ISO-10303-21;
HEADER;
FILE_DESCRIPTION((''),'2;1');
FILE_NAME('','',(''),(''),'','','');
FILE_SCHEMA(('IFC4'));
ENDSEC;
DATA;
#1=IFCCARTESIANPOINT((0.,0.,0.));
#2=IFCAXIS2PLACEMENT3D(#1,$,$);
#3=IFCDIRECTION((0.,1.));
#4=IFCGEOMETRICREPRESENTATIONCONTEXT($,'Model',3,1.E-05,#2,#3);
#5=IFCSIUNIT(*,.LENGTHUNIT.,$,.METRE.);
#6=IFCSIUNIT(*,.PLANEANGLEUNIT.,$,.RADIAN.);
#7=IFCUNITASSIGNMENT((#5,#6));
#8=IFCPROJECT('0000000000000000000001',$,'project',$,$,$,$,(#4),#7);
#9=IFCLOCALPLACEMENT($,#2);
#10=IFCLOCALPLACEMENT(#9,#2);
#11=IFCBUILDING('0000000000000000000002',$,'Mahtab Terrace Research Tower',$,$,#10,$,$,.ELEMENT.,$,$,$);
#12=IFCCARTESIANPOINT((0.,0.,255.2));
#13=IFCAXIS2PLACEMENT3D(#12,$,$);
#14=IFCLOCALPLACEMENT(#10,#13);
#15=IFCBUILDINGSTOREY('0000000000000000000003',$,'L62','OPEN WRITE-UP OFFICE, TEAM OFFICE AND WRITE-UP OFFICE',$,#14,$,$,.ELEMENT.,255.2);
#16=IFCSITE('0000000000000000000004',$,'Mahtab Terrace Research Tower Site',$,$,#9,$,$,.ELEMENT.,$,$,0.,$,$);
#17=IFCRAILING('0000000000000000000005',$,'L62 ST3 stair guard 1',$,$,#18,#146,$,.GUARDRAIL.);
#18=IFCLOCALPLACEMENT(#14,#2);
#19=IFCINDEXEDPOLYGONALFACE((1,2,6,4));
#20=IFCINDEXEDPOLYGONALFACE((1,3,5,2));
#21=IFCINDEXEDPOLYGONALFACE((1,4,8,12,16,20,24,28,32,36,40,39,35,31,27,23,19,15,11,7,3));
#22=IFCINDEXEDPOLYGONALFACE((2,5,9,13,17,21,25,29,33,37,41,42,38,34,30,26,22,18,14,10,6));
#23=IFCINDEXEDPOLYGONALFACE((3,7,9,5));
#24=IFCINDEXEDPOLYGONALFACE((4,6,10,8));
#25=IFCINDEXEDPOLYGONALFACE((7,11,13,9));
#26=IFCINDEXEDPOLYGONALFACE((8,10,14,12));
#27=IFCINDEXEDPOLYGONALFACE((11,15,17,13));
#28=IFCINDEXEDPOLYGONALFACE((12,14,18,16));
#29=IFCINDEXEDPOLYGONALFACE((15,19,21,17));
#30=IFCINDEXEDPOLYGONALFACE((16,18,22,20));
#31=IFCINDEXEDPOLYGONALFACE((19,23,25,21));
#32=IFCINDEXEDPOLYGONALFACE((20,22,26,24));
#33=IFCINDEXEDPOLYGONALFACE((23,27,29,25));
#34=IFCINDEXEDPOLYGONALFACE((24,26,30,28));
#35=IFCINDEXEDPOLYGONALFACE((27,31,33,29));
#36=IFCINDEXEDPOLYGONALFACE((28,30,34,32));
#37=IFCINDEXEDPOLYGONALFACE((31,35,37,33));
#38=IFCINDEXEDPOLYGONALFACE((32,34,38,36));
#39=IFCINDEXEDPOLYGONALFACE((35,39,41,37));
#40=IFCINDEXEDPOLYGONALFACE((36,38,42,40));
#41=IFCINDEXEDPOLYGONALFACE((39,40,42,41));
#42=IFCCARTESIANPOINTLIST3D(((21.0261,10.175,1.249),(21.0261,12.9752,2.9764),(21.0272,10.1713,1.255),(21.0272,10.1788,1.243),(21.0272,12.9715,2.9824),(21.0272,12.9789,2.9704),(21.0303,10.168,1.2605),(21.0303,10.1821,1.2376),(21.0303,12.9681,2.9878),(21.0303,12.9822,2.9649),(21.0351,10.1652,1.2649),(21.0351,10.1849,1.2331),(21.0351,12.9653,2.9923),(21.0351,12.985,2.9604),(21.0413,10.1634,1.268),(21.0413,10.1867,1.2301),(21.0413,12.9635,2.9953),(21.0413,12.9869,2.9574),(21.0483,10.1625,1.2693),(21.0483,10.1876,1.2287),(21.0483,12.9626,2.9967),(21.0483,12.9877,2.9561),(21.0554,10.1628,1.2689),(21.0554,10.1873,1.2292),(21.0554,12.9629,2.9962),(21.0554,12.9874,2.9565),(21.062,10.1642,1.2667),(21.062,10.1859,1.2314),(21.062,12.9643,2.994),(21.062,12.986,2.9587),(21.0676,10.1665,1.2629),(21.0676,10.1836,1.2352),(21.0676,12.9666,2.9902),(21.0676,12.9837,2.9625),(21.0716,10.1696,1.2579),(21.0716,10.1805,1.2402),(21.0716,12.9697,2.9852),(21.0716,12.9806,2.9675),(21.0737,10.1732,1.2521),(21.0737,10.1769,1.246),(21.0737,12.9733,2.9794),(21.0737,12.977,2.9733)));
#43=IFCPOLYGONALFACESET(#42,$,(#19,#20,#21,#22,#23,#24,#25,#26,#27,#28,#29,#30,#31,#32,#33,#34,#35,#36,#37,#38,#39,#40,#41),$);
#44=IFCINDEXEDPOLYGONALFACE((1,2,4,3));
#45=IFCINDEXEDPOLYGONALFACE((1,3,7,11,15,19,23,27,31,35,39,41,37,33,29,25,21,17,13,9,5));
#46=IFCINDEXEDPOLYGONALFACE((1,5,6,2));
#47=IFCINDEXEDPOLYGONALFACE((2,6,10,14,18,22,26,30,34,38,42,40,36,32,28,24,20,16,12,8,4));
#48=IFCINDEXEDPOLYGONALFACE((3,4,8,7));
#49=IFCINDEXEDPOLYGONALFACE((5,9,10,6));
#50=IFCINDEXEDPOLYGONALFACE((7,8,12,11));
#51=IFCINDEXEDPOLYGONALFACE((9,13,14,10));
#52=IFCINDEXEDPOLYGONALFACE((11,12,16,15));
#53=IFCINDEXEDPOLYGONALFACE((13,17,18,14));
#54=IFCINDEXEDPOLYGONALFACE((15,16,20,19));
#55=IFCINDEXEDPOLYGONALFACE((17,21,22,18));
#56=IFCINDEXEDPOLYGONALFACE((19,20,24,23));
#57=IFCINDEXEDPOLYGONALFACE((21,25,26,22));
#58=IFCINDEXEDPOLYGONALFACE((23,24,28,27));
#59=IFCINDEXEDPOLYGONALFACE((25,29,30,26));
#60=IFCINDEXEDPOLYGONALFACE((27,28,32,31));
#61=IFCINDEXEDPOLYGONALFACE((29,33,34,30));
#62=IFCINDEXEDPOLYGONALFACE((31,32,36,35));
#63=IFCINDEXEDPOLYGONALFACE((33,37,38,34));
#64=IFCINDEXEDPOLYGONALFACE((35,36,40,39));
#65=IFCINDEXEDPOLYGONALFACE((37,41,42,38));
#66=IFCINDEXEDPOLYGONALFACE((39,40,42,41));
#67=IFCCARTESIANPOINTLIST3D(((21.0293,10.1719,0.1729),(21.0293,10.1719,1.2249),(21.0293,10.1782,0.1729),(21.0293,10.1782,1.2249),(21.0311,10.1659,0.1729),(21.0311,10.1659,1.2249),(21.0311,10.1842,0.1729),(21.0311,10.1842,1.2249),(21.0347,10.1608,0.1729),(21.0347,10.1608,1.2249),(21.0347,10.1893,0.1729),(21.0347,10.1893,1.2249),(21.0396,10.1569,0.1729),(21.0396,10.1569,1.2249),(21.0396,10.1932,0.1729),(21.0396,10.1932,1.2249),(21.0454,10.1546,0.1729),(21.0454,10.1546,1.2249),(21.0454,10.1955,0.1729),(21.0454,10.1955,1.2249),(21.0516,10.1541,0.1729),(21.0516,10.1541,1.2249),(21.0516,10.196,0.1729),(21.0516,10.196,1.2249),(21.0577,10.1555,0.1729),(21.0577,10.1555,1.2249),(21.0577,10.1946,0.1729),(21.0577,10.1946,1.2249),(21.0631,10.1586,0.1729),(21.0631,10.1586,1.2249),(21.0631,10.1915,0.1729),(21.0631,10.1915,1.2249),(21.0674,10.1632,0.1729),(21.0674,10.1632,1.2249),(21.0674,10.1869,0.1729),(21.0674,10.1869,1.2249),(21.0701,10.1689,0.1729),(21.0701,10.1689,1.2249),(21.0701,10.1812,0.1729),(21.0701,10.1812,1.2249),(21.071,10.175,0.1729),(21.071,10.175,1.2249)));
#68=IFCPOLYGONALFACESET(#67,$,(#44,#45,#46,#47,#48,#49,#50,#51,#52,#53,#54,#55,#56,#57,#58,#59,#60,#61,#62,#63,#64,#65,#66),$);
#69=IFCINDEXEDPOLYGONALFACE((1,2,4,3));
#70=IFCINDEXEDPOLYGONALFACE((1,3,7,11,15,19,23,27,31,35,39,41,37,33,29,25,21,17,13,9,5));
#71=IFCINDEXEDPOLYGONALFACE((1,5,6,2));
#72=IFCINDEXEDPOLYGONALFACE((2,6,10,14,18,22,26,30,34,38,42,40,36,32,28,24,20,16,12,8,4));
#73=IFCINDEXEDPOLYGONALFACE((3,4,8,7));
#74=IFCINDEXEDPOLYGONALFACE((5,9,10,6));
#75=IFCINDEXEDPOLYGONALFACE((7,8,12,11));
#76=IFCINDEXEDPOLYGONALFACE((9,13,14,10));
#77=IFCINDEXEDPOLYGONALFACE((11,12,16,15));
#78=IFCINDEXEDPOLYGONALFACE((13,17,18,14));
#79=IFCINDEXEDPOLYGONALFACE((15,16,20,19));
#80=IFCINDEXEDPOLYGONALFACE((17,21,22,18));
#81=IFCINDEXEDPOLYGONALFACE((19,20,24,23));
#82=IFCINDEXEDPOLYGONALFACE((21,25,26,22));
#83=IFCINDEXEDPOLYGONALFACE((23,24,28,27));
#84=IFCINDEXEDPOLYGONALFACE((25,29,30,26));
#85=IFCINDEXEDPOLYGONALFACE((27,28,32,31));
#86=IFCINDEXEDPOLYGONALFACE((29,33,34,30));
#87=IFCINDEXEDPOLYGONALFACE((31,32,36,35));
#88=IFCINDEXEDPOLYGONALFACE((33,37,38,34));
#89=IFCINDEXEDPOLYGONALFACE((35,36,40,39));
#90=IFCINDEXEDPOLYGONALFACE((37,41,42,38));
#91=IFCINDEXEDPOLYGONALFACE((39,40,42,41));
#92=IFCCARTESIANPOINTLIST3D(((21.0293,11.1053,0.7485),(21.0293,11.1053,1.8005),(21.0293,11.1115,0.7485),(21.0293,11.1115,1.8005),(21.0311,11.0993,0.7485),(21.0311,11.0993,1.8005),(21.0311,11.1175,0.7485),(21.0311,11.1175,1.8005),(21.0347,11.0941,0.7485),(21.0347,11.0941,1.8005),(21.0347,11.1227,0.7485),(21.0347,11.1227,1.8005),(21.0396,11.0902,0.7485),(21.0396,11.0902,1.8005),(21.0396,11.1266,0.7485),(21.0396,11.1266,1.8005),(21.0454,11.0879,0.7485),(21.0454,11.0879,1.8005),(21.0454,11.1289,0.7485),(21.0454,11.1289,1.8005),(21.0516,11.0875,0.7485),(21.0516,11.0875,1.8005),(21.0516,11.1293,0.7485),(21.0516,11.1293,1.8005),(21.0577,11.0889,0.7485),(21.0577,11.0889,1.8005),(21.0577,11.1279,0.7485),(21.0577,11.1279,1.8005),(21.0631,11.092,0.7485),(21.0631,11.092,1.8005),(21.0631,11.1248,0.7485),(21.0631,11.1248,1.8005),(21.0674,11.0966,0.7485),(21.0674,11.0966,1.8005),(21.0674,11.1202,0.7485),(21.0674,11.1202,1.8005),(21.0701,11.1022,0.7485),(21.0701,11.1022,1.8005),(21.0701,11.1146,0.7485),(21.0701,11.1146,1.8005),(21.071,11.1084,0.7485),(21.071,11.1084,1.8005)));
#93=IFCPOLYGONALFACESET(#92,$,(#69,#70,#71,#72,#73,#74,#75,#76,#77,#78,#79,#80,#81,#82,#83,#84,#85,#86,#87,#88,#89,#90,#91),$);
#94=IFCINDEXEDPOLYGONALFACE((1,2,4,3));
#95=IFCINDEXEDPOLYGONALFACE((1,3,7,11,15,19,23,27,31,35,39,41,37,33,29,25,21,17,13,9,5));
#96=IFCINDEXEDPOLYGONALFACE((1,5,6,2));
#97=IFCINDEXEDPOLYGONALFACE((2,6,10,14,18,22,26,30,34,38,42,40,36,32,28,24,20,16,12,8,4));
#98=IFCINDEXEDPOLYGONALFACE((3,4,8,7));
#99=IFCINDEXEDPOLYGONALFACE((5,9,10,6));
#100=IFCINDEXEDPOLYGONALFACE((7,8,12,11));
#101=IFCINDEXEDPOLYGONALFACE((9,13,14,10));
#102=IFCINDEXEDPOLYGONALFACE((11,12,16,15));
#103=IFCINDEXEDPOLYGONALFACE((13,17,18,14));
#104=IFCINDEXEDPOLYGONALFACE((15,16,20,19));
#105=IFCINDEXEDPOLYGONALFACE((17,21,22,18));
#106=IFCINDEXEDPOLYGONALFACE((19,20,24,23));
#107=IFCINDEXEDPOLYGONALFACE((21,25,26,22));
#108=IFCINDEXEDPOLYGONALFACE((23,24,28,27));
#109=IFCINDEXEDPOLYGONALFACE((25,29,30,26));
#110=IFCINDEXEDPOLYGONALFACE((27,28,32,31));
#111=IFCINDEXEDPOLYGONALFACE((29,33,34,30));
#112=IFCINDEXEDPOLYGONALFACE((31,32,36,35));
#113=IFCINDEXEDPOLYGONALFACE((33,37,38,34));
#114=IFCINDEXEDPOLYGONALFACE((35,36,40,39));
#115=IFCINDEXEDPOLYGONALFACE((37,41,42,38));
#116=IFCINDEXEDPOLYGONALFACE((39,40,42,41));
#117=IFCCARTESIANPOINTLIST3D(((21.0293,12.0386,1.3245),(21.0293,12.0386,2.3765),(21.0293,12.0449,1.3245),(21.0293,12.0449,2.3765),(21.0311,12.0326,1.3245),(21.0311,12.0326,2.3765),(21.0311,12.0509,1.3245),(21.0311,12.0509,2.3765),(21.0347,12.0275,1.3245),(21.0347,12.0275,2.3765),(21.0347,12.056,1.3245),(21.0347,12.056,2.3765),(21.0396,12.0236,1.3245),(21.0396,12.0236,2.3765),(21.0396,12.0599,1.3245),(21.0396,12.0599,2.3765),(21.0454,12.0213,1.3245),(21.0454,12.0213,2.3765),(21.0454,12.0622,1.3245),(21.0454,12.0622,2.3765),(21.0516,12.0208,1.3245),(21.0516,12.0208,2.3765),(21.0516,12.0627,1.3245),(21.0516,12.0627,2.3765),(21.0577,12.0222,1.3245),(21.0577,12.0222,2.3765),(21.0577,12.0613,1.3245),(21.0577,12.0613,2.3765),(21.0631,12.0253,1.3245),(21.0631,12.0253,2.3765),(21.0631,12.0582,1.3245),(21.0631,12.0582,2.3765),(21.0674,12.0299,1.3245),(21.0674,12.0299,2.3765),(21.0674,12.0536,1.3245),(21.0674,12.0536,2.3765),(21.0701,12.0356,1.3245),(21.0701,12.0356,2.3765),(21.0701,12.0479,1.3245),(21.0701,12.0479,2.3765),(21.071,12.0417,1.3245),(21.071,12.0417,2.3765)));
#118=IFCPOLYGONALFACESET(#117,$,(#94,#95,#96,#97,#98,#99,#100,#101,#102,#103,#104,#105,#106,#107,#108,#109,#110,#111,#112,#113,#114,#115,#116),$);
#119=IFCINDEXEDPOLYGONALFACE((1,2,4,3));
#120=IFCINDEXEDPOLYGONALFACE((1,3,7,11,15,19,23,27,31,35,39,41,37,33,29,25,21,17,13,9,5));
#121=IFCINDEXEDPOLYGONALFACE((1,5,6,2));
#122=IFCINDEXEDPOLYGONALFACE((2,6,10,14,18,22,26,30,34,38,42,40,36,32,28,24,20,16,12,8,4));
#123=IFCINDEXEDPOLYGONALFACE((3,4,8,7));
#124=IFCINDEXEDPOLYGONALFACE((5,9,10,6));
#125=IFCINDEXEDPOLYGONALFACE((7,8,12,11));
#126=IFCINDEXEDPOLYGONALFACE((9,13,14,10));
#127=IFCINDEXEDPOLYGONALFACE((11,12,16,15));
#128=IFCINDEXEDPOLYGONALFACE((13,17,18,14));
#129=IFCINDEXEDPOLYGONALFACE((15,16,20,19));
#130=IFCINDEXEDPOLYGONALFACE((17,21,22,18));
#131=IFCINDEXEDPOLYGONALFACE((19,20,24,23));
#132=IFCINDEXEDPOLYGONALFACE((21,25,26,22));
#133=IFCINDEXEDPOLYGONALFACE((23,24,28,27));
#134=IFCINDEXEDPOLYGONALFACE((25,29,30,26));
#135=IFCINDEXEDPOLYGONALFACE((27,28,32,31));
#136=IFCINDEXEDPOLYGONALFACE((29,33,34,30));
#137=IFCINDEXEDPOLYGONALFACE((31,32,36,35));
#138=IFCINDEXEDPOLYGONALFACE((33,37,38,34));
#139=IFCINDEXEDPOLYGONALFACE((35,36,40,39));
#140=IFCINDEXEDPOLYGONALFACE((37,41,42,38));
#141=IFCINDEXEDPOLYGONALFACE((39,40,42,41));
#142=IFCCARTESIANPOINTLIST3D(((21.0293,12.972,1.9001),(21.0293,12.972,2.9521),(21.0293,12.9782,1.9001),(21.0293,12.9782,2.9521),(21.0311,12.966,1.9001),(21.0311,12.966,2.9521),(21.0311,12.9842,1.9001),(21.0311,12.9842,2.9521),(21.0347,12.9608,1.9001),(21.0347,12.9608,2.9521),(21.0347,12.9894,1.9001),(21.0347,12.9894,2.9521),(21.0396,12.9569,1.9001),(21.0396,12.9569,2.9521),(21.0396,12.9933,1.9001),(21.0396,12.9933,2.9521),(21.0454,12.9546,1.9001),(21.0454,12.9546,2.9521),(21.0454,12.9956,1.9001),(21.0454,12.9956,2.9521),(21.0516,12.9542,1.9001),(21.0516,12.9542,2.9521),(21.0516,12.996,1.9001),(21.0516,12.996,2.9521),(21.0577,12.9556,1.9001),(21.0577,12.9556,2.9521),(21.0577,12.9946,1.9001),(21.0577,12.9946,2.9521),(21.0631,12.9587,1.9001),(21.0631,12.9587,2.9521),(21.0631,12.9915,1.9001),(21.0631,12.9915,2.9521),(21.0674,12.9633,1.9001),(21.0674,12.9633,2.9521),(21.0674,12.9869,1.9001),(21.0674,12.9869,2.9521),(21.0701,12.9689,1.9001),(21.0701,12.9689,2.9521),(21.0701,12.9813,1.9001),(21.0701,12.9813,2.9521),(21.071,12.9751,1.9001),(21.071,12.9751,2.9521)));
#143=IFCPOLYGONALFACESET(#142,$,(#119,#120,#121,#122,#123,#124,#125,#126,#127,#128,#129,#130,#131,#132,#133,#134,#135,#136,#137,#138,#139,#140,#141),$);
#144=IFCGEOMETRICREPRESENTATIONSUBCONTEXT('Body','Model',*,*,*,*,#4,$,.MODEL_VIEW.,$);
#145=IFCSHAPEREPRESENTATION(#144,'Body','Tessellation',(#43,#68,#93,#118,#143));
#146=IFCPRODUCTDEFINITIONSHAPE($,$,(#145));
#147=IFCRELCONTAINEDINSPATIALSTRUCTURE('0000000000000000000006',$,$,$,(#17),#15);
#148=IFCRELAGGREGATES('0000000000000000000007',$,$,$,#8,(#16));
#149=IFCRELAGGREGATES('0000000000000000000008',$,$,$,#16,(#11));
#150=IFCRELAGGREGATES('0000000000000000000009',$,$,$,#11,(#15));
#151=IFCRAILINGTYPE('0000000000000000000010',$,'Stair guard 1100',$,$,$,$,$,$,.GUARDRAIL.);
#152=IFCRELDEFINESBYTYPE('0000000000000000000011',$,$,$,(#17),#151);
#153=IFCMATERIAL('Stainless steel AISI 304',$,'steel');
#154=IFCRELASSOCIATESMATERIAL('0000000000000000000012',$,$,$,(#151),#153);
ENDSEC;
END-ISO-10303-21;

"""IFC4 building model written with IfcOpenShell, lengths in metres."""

from ifc_helpers import new_model, si_unit, direction, frame, origin, origin_2d, place, context, subcontext, project, spatial, circle, extrude, material, type_object, element, save


model = new_model("IFC4")

# Units and contexts
model_context = context("Model", 3, precision=1e-05, world=origin(), true_north=direction((0.0, 1.0)))
body_context = subcontext(model_context, "Body", "Model", "MODEL_VIEW")
ifc_project = project(units=[si_unit("LENGTHUNIT", "METRE"), si_unit("PLANEANGLEUNIT", "RADIAN")], contexts=[model_context])

# Site, building, storey
site_placement = place(None, origin())
site = spatial("IfcSite", under=ifc_project, at=site_placement, Name="Mahtab Terrace Research Tower Site", CompositionType="ELEMENT", RefElevation=0.0)
building_placement = place(site_placement, origin())
building = spatial("IfcBuilding", under=site, at=building_placement, Name="Mahtab Terrace Research Tower", CompositionType="ELEMENT")
storey_placement = place(building_placement, frame((0.0, 0.0, 255.2)))
storey = spatial("IfcBuildingStorey", under=building, at=storey_placement, Name="L62", Description="OPEN WRITE-UP OFFICE, TEAM OFFICE AND WRITE-UP OFFICE", CompositionType="ELEMENT", Elevation=255.2)

# Railing
ifc_material_1 = material(Name="Stainless steel AISI 304", Category="steel")
railing_type_1 = type_object("IfcRailingType", Name="Stair guard 1100", PredefinedType="GUARDRAIL", material=ifc_material_1)
railing_1_placement = place(storey_placement, frame((21.05, 10.175, 0.1729)))
element("IfcRailing", 1, at=railing_1_placement, inside=storey, type_object=railing_type_1, Name="L62 ST3 stair guard 1", PredefinedType="GUARDRAIL", context=body_context, shape_type="SweptSolid", body=[
    extrude(circle(Radius=0.0239, at=origin_2d()), frame((0.0, 0.0, 1.0762), z_axis=(0.0, 0.85109, 0.52502), x_axis=(-1.0, 0.0, 0.0)), (0.0, 0.0, 1.0), 3.29),
    extrude(circle(Radius=0.021, at=origin_2d()), origin(), (0.0, 0.0, 1.0), 1.052),
    extrude(circle(Radius=0.021, at=origin_2d()), frame((0.0, 0.9333, 0.5757)), (0.0, 0.0, 1.0), 1.052),
    extrude(circle(Radius=0.021, at=origin_2d()), frame((0.0, 1.8667, 1.1516)), (0.0, 0.0, 1.0), 1.052),
    extrude(circle(Radius=0.021, at=origin_2d()), frame((0.0, 2.8, 1.7273)), (0.0, 0.0, 1.0), 1.052),
])

save(model, "model.ifc")
